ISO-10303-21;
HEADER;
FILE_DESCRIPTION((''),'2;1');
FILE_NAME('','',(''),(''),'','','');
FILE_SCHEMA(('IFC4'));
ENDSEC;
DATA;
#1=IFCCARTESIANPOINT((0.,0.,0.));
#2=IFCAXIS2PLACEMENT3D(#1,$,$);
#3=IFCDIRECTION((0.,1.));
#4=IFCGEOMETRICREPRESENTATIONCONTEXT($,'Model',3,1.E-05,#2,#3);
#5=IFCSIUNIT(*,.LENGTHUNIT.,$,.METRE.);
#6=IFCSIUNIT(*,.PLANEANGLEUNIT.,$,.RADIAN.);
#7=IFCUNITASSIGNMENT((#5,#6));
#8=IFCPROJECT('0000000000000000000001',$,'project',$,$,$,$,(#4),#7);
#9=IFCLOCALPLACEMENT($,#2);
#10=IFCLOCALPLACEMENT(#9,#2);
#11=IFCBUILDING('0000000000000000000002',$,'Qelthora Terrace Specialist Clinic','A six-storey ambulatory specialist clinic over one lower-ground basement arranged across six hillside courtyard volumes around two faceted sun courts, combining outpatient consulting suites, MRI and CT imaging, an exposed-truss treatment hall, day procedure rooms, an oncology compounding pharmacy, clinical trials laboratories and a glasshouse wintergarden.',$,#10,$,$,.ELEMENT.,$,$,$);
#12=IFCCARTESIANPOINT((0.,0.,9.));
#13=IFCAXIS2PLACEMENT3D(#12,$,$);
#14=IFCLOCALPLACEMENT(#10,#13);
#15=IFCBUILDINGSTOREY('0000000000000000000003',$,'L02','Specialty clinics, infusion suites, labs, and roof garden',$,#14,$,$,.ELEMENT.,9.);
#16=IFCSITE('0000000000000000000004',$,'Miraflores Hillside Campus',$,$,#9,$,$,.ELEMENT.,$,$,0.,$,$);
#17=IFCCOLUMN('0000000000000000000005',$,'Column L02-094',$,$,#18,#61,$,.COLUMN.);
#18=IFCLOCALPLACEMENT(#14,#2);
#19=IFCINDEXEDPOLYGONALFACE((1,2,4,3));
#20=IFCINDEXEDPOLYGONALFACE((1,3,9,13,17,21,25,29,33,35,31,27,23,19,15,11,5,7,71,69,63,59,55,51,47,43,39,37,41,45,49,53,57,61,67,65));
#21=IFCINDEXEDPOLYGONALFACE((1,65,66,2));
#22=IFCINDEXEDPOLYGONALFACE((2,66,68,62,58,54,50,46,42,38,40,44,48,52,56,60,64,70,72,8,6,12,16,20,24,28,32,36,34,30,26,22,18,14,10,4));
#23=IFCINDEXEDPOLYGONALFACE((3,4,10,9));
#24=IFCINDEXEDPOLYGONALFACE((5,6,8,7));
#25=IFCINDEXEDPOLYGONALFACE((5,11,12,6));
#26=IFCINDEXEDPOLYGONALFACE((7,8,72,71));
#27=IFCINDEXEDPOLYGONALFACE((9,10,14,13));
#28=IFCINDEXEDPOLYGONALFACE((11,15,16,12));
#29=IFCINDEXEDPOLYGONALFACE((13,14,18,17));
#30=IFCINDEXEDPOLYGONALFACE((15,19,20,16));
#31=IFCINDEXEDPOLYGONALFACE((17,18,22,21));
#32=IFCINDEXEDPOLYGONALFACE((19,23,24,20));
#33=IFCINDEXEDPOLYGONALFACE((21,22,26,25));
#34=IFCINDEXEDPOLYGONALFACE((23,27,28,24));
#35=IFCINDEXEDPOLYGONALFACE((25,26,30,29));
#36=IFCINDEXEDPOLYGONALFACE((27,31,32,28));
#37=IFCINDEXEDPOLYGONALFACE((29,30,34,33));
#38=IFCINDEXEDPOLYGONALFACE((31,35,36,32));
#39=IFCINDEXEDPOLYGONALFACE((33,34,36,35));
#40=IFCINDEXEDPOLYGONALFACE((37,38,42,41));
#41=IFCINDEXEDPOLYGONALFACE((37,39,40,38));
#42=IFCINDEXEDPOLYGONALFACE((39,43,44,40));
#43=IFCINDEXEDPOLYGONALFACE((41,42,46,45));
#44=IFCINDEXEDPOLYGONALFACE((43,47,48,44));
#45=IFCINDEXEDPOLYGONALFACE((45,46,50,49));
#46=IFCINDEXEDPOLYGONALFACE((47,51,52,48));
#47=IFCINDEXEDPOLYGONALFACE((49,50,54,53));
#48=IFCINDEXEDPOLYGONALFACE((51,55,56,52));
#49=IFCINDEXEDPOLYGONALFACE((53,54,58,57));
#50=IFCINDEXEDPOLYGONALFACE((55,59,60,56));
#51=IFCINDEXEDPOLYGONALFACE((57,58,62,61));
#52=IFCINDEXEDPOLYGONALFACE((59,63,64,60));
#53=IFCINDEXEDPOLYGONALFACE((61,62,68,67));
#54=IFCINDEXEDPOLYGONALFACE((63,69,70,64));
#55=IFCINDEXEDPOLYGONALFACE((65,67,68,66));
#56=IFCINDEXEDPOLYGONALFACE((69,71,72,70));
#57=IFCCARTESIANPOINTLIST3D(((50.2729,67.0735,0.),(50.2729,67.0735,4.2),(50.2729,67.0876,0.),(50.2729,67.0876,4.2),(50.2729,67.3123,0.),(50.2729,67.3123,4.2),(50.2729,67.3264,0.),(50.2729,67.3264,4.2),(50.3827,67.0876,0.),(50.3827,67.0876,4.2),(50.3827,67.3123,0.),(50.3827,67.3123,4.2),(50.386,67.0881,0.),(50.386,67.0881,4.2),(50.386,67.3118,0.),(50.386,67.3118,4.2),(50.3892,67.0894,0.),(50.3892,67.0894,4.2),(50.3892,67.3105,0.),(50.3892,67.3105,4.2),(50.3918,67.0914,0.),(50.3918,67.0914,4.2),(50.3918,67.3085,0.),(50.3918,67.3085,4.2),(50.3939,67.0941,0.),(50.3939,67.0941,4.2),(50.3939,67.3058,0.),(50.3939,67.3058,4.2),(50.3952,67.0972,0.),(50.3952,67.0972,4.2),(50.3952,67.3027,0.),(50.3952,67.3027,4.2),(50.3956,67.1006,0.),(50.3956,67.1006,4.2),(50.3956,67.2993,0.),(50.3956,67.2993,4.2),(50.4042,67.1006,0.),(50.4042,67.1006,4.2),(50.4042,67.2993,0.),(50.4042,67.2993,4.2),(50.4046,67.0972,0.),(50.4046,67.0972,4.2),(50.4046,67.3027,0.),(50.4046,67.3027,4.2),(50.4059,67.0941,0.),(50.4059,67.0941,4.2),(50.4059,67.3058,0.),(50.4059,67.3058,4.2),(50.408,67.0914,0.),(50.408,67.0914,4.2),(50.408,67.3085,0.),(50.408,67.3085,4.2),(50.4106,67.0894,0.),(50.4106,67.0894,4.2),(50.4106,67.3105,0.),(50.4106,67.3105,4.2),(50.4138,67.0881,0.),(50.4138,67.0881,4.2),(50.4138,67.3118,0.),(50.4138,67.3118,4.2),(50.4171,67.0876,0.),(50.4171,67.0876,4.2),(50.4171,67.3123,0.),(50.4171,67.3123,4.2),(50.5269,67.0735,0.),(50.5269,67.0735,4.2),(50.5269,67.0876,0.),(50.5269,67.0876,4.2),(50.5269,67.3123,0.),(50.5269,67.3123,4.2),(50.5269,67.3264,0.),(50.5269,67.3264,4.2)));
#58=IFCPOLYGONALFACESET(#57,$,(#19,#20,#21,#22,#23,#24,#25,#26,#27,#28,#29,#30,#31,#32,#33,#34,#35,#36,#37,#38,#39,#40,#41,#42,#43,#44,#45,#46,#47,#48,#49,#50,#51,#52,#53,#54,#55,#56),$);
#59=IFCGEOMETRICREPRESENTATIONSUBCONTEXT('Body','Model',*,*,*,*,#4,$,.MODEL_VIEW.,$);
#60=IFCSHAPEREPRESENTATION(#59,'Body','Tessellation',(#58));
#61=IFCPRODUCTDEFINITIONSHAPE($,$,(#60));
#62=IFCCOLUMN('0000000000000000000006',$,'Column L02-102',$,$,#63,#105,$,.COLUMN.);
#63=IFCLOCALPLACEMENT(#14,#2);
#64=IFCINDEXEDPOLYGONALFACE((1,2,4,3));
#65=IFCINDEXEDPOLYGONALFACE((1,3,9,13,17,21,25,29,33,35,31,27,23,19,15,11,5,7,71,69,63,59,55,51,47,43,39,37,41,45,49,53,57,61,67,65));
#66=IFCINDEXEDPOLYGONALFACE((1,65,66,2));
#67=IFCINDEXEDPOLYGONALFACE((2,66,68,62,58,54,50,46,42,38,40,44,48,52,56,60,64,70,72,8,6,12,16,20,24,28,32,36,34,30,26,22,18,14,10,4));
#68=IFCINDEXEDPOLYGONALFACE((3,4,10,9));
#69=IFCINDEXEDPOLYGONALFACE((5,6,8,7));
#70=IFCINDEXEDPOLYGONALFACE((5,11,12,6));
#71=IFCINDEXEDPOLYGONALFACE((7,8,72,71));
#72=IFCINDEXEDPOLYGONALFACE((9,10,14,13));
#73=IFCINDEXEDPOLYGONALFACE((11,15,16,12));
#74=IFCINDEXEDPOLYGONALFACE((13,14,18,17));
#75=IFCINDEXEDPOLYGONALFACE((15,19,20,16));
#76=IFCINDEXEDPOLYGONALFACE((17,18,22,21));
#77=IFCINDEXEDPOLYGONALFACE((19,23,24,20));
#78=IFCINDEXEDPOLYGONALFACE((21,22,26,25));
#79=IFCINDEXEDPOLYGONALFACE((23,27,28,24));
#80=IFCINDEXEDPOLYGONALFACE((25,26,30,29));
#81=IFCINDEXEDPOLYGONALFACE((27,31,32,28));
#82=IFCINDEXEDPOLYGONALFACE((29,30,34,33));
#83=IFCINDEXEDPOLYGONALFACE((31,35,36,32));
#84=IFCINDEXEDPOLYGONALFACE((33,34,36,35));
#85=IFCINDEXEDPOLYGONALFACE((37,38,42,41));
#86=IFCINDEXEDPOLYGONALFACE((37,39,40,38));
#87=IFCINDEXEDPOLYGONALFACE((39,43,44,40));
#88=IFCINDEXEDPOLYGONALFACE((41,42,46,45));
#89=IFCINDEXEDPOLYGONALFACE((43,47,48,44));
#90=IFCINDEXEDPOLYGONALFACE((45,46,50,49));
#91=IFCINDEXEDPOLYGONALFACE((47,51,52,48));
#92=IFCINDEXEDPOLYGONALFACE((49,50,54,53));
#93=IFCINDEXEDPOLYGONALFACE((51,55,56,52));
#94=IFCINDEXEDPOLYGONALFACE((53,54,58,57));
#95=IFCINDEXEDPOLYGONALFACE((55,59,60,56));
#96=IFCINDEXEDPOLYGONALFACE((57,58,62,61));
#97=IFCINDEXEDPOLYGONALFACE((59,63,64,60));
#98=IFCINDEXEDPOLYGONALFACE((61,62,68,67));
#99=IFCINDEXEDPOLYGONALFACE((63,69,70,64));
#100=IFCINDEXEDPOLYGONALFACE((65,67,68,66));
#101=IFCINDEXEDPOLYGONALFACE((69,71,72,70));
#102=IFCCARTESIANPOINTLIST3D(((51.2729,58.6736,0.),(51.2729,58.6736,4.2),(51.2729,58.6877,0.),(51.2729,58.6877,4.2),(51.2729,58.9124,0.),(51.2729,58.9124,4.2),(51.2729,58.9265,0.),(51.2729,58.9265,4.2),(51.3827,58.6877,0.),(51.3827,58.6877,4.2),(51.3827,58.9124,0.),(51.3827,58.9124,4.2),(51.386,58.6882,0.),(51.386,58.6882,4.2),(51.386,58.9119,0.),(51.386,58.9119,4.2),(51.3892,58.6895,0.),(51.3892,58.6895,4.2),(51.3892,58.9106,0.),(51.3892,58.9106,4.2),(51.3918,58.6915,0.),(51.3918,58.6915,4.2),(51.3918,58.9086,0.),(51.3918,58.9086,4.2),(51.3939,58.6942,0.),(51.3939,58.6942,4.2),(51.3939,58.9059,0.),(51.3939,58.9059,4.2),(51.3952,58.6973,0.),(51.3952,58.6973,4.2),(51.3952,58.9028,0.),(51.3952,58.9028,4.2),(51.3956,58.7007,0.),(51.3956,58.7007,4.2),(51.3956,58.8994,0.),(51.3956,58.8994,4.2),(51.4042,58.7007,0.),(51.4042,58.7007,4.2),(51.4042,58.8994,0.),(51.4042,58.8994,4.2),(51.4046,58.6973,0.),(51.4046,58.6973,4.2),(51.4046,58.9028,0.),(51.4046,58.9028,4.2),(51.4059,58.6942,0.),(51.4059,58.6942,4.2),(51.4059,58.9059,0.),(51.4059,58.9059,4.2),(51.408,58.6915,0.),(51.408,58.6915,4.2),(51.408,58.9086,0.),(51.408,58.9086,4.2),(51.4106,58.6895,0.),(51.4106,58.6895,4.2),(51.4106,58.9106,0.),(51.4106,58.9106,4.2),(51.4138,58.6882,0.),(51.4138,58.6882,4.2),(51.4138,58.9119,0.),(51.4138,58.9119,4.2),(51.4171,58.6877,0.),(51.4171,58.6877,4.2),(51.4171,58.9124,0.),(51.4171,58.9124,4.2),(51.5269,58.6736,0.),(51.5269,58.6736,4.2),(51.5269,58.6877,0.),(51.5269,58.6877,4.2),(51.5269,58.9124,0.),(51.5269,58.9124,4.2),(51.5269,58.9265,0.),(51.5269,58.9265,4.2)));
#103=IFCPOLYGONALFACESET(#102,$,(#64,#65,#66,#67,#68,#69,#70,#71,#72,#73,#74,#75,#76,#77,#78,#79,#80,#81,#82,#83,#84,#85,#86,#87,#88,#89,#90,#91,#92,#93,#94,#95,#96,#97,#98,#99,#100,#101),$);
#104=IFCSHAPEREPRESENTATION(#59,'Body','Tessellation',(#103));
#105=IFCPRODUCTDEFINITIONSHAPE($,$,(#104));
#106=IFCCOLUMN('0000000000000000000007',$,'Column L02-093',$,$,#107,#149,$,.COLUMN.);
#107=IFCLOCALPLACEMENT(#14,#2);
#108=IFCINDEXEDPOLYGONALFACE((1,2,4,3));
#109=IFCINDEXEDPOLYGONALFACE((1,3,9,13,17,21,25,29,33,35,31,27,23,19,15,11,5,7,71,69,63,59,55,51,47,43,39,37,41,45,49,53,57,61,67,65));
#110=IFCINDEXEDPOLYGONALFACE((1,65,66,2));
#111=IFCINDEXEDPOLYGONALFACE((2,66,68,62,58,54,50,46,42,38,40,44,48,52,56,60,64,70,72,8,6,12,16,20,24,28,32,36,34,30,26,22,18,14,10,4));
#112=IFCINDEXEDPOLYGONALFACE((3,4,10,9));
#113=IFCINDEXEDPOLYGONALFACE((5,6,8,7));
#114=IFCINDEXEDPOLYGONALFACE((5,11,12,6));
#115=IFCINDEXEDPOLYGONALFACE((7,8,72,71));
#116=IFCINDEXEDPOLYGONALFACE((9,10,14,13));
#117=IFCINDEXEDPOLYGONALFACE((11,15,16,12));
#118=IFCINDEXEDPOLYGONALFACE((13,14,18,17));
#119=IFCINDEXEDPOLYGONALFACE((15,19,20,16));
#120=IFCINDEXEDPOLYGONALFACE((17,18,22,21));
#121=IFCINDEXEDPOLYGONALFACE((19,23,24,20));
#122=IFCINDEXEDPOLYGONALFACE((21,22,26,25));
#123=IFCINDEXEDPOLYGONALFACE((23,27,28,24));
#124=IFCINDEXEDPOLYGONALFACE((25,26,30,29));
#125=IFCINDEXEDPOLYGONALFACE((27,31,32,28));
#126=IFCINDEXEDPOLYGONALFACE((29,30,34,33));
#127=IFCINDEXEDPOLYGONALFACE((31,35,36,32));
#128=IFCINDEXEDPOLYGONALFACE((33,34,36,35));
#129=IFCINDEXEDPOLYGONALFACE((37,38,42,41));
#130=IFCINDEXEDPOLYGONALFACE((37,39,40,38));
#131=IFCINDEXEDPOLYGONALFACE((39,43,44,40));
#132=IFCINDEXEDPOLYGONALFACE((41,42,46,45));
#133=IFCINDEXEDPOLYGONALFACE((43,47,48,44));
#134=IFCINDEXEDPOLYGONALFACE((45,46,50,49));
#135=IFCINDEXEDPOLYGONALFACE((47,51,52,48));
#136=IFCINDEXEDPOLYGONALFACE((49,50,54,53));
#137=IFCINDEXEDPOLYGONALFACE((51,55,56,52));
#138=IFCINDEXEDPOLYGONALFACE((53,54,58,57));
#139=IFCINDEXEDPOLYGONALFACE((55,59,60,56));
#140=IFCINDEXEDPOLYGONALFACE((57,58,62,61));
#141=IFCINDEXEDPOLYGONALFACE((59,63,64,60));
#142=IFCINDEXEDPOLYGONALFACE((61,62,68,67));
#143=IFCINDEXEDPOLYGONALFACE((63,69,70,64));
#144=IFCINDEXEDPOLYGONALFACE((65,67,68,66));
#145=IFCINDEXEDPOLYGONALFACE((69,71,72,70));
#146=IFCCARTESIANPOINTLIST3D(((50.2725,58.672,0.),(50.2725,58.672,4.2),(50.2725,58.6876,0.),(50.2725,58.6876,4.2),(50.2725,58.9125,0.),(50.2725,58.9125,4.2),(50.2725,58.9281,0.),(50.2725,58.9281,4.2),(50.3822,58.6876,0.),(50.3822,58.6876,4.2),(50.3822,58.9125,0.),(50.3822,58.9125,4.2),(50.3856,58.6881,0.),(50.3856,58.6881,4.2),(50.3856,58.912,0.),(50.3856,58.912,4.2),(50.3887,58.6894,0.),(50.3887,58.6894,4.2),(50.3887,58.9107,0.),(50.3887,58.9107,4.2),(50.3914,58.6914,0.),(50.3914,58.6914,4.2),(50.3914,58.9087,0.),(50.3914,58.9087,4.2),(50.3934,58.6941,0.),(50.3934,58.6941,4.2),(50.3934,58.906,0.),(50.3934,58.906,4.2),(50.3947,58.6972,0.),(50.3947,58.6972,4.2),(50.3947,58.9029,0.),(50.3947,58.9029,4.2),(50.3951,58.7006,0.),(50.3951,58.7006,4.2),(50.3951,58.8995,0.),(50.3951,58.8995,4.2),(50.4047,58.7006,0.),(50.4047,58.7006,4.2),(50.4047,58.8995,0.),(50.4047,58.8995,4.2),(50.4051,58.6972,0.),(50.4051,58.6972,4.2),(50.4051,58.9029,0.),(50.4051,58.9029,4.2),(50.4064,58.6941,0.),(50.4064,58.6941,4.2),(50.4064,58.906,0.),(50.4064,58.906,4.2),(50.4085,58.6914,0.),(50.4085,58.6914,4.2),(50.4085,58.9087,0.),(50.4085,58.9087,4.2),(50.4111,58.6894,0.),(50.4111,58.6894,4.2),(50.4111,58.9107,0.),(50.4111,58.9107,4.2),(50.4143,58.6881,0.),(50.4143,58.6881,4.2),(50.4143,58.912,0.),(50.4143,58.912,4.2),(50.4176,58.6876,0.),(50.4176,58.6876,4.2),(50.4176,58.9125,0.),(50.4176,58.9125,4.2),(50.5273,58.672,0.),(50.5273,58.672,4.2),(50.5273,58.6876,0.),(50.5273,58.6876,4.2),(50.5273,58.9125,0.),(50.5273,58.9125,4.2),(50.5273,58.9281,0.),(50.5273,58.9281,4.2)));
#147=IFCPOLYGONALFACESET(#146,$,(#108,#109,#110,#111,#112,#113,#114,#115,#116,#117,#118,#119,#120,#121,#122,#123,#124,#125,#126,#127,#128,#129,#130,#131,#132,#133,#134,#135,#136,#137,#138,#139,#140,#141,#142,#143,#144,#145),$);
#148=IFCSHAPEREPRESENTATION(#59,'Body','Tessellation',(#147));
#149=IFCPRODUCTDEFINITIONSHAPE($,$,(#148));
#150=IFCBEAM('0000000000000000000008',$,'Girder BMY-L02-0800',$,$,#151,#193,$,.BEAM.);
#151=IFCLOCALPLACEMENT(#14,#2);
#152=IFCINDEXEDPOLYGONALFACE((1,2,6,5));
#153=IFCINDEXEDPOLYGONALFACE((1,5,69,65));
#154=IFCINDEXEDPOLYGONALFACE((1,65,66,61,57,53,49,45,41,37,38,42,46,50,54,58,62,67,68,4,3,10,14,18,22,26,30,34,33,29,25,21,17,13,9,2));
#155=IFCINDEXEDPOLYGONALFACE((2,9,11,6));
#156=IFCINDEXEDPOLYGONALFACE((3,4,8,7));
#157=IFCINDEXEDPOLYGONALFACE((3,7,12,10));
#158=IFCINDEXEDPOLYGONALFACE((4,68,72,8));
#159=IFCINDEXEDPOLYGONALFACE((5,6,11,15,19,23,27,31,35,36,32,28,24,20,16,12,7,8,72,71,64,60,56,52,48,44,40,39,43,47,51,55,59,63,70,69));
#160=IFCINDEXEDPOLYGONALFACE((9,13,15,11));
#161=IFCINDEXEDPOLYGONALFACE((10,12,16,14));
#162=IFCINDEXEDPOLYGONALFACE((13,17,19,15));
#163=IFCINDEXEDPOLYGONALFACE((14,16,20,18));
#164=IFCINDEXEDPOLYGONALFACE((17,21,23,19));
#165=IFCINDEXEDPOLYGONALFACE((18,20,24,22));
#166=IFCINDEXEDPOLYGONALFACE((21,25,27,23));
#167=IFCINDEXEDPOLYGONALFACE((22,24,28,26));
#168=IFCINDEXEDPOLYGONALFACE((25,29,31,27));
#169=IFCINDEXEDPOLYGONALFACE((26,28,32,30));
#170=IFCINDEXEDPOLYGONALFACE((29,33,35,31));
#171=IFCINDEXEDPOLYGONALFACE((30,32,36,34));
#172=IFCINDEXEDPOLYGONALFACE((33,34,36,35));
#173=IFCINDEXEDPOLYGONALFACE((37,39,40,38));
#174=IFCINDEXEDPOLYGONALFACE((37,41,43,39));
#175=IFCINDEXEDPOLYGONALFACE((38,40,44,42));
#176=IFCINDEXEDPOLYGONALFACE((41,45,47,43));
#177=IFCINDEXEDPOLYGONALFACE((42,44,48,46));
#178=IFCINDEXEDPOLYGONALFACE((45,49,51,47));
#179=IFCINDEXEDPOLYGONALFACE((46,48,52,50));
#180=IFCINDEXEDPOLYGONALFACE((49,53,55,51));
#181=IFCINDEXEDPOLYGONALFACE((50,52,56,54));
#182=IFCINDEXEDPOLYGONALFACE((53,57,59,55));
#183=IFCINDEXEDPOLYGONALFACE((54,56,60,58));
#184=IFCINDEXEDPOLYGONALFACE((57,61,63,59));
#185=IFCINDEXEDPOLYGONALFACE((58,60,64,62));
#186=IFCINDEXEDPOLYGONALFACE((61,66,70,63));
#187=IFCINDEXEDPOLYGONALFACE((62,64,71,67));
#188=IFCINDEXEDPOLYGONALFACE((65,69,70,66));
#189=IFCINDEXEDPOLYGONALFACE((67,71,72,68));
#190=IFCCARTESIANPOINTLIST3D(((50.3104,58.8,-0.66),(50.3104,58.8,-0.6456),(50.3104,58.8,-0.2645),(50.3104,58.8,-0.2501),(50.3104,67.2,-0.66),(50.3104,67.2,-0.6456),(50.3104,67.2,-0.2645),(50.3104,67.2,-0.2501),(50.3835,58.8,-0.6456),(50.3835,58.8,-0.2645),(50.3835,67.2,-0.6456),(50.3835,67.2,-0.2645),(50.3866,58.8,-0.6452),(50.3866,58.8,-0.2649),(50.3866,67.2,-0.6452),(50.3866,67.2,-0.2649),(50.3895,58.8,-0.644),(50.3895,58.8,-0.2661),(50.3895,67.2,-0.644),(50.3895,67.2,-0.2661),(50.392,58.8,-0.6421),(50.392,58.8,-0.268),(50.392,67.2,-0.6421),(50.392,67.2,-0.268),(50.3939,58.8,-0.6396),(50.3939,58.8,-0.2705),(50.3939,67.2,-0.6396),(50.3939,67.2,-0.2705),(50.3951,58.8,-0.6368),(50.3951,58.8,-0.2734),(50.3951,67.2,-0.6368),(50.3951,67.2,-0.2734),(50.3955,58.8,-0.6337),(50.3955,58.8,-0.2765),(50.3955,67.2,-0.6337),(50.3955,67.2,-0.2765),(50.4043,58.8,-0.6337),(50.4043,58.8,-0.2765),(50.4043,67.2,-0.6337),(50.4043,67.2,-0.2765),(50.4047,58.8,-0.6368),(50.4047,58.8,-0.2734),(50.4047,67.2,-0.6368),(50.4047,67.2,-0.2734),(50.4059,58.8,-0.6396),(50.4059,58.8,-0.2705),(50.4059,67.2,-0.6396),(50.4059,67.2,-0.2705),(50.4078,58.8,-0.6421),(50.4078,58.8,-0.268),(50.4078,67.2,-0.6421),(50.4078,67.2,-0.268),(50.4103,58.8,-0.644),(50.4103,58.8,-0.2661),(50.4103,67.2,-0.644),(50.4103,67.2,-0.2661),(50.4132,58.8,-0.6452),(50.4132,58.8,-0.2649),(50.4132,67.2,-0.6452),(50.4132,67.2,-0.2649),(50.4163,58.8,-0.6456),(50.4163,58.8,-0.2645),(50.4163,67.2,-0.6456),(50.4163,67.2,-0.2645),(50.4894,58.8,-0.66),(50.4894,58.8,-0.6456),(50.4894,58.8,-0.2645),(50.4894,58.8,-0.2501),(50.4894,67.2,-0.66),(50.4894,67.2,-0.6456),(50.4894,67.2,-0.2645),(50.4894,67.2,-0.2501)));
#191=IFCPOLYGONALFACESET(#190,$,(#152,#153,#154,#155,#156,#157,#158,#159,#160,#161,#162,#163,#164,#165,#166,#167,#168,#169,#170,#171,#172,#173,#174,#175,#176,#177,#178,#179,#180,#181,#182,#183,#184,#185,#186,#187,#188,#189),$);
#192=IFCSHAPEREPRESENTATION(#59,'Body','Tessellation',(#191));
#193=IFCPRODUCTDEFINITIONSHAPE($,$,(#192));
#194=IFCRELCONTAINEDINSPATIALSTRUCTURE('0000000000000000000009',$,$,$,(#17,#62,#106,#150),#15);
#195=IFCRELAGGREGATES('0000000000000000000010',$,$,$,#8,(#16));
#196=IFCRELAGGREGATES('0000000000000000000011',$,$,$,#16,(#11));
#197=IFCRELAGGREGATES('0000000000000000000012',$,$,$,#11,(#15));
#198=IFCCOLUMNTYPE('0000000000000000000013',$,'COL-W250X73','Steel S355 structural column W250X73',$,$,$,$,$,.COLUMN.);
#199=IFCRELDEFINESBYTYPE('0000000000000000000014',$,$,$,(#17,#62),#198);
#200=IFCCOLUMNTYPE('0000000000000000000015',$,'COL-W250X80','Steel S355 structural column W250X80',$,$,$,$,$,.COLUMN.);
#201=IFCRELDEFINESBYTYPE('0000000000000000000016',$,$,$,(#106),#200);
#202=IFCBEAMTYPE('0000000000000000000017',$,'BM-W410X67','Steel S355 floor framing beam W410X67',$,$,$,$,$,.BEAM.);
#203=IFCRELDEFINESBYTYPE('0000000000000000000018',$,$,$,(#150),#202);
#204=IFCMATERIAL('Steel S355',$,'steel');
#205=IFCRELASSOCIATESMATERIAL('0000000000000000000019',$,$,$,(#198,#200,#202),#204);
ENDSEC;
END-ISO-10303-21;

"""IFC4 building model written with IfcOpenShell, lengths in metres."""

from ifc_helpers import new_model, si_unit, direction, frame, origin, origin_2d, place, context, subcontext, project, spatial, i_section, extrude, material, material_profile, profile_set, type_object, element, save


model = new_model("IFC4")

# Units and contexts
model_context = context("Model", 3, precision=1e-05, world=origin(), true_north=direction((0.0, 1.0)))
body_context = subcontext(model_context, "Body", "Model", "MODEL_VIEW")
ifc_project = project(units=[si_unit("LENGTHUNIT", "METRE"), si_unit("PLANEANGLEUNIT", "RADIAN")], contexts=[model_context])

# Site, building, storey
site_placement = place(None, origin())
site = spatial("IfcSite", under=ifc_project, at=site_placement, Name="Miraflores Hillside Campus", CompositionType="ELEMENT", RefElevation=0.0)
building_placement = place(site_placement, origin())
building = spatial("IfcBuilding", under=site, at=building_placement, Name="Qelthora Terrace Specialist Clinic", Description="A six-storey ambulatory specialist clinic over one lower-ground basement arranged across six hillside courtyard volumes around two faceted sun courts, combining outpatient consulting suites, MRI and CT imaging, an exposed-truss treatment hall, day procedure rooms, an oncology compounding pharmacy, clinical trials laboratories and a glasshouse wintergarden.", CompositionType="ELEMENT")
storey_placement = place(building_placement, frame((0.0, 0.0, 9.0)))
storey = spatial("IfcBuildingStorey", under=building, at=storey_placement, Name="L02", Description="Specialty clinics, infusion suites, labs, and roof garden", CompositionType="ELEMENT", Elevation=9.0)

# Columns
ifc_material_1 = material(Name="Steel S355", Category="steel")
ifc_material_profile_1 = material_profile(ifc_material_1, i_section(OverallWidth=0.2539, OverallDepth=0.2529, WebThickness=0.0085, FlangeThickness=0.0142, FilletRadius=0.0129, at=origin_2d()), Name="W250X73")
ifc_profile_set_1 = profile_set([ifc_material_profile_1], Name="Steel S355")
column_type_1 = type_object("IfcColumnType", Name="COL-W250X73", Description="Steel S355 structural column W250X73", PredefinedType="COLUMN", material=ifc_profile_set_1)
for number, where, z_axis, x_axis, name in (
    (1, (50.3999, 67.2, 0.0), (0.0, 0.0, 1.0), (1.0, 0.0, 0.0), "Column L02-094"),
    (2, (51.3999, 58.8, 0.0), (0.0, 0.0, 1.0), (1.0, 0.0, 0.0), "Column L02-102"),
):
    element("IfcColumn", number, at=place(storey_placement, frame(where, z_axis=z_axis, x_axis=x_axis)), inside=storey, type_object=column_type_1, Name=name, PredefinedType="COLUMN", context=body_context, shape_type="SweptSolid", body=[
        extrude(i_section(OverallWidth=0.2539, OverallDepth=0.2529, WebThickness=0.0085, FlangeThickness=0.0142, FilletRadius=0.0129, at=origin_2d()), origin(), (0.0, 0.0, 1.0), 4.2),
    ])
ifc_material_profile_2 = material_profile(ifc_material_1, i_section(OverallWidth=0.2549, OverallDepth=0.2561, WebThickness=0.0095, FlangeThickness=0.0156, FilletRadius=0.0129, at=origin_2d()), Name="W250X80")
ifc_profile_set_2 = profile_set([ifc_material_profile_2], Name="Steel S355")
column_type_2 = type_object("IfcColumnType", Name="COL-W250X80", Description="Steel S355 structural column W250X80", PredefinedType="COLUMN", material=ifc_profile_set_2)
column_placement = place(storey_placement, frame((50.3999, 58.8, 0.0), z_axis=(0.0, 0.0, 1.0), x_axis=(1.0, 0.0, 0.0)))
element("IfcColumn", 3, at=column_placement, inside=storey, type_object=column_type_2, Name="Column L02-093", PredefinedType="COLUMN", context=body_context, shape_type="SweptSolid", body=[
    extrude(i_section(OverallWidth=0.2549, OverallDepth=0.2561, WebThickness=0.0095, FlangeThickness=0.0156, FilletRadius=0.0129, at=origin_2d()), origin(), (0.0, 0.0, 1.0), 4.2),
])

# Beam
ifc_material_profile_3 = material_profile(ifc_material_1, i_section(OverallWidth=0.179, OverallDepth=0.4099, WebThickness=0.0088, FlangeThickness=0.0144, FilletRadius=0.012, at=origin_2d()), Name="W410X67")
ifc_profile_set_3 = profile_set([ifc_material_profile_3], Name="Steel S355")
beam_type_1 = type_object("IfcBeamType", Name="BM-W410X67", Description="Steel S355 floor framing beam W410X67", PredefinedType="BEAM", material=ifc_profile_set_3)
beam_1_placement = place(storey_placement, frame((50.3999, 58.8, -0.4551), z_axis=(0.0, 1.0, 0.0), x_axis=(-1.0, 0.0, 0.0)))
element("IfcBeam", 4, at=beam_1_placement, inside=storey, type_object=beam_type_1, Name="Girder BMY-L02-0800", PredefinedType="BEAM", context=body_context, shape_type="SweptSolid", body=[
    extrude(i_section(OverallWidth=0.179, OverallDepth=0.4099, WebThickness=0.0088, FlangeThickness=0.0144, FilletRadius=0.012, at=origin_2d()), origin(), (0.0, 0.0, 1.0), 8.3999),
])

save(model, "model.ifc")
